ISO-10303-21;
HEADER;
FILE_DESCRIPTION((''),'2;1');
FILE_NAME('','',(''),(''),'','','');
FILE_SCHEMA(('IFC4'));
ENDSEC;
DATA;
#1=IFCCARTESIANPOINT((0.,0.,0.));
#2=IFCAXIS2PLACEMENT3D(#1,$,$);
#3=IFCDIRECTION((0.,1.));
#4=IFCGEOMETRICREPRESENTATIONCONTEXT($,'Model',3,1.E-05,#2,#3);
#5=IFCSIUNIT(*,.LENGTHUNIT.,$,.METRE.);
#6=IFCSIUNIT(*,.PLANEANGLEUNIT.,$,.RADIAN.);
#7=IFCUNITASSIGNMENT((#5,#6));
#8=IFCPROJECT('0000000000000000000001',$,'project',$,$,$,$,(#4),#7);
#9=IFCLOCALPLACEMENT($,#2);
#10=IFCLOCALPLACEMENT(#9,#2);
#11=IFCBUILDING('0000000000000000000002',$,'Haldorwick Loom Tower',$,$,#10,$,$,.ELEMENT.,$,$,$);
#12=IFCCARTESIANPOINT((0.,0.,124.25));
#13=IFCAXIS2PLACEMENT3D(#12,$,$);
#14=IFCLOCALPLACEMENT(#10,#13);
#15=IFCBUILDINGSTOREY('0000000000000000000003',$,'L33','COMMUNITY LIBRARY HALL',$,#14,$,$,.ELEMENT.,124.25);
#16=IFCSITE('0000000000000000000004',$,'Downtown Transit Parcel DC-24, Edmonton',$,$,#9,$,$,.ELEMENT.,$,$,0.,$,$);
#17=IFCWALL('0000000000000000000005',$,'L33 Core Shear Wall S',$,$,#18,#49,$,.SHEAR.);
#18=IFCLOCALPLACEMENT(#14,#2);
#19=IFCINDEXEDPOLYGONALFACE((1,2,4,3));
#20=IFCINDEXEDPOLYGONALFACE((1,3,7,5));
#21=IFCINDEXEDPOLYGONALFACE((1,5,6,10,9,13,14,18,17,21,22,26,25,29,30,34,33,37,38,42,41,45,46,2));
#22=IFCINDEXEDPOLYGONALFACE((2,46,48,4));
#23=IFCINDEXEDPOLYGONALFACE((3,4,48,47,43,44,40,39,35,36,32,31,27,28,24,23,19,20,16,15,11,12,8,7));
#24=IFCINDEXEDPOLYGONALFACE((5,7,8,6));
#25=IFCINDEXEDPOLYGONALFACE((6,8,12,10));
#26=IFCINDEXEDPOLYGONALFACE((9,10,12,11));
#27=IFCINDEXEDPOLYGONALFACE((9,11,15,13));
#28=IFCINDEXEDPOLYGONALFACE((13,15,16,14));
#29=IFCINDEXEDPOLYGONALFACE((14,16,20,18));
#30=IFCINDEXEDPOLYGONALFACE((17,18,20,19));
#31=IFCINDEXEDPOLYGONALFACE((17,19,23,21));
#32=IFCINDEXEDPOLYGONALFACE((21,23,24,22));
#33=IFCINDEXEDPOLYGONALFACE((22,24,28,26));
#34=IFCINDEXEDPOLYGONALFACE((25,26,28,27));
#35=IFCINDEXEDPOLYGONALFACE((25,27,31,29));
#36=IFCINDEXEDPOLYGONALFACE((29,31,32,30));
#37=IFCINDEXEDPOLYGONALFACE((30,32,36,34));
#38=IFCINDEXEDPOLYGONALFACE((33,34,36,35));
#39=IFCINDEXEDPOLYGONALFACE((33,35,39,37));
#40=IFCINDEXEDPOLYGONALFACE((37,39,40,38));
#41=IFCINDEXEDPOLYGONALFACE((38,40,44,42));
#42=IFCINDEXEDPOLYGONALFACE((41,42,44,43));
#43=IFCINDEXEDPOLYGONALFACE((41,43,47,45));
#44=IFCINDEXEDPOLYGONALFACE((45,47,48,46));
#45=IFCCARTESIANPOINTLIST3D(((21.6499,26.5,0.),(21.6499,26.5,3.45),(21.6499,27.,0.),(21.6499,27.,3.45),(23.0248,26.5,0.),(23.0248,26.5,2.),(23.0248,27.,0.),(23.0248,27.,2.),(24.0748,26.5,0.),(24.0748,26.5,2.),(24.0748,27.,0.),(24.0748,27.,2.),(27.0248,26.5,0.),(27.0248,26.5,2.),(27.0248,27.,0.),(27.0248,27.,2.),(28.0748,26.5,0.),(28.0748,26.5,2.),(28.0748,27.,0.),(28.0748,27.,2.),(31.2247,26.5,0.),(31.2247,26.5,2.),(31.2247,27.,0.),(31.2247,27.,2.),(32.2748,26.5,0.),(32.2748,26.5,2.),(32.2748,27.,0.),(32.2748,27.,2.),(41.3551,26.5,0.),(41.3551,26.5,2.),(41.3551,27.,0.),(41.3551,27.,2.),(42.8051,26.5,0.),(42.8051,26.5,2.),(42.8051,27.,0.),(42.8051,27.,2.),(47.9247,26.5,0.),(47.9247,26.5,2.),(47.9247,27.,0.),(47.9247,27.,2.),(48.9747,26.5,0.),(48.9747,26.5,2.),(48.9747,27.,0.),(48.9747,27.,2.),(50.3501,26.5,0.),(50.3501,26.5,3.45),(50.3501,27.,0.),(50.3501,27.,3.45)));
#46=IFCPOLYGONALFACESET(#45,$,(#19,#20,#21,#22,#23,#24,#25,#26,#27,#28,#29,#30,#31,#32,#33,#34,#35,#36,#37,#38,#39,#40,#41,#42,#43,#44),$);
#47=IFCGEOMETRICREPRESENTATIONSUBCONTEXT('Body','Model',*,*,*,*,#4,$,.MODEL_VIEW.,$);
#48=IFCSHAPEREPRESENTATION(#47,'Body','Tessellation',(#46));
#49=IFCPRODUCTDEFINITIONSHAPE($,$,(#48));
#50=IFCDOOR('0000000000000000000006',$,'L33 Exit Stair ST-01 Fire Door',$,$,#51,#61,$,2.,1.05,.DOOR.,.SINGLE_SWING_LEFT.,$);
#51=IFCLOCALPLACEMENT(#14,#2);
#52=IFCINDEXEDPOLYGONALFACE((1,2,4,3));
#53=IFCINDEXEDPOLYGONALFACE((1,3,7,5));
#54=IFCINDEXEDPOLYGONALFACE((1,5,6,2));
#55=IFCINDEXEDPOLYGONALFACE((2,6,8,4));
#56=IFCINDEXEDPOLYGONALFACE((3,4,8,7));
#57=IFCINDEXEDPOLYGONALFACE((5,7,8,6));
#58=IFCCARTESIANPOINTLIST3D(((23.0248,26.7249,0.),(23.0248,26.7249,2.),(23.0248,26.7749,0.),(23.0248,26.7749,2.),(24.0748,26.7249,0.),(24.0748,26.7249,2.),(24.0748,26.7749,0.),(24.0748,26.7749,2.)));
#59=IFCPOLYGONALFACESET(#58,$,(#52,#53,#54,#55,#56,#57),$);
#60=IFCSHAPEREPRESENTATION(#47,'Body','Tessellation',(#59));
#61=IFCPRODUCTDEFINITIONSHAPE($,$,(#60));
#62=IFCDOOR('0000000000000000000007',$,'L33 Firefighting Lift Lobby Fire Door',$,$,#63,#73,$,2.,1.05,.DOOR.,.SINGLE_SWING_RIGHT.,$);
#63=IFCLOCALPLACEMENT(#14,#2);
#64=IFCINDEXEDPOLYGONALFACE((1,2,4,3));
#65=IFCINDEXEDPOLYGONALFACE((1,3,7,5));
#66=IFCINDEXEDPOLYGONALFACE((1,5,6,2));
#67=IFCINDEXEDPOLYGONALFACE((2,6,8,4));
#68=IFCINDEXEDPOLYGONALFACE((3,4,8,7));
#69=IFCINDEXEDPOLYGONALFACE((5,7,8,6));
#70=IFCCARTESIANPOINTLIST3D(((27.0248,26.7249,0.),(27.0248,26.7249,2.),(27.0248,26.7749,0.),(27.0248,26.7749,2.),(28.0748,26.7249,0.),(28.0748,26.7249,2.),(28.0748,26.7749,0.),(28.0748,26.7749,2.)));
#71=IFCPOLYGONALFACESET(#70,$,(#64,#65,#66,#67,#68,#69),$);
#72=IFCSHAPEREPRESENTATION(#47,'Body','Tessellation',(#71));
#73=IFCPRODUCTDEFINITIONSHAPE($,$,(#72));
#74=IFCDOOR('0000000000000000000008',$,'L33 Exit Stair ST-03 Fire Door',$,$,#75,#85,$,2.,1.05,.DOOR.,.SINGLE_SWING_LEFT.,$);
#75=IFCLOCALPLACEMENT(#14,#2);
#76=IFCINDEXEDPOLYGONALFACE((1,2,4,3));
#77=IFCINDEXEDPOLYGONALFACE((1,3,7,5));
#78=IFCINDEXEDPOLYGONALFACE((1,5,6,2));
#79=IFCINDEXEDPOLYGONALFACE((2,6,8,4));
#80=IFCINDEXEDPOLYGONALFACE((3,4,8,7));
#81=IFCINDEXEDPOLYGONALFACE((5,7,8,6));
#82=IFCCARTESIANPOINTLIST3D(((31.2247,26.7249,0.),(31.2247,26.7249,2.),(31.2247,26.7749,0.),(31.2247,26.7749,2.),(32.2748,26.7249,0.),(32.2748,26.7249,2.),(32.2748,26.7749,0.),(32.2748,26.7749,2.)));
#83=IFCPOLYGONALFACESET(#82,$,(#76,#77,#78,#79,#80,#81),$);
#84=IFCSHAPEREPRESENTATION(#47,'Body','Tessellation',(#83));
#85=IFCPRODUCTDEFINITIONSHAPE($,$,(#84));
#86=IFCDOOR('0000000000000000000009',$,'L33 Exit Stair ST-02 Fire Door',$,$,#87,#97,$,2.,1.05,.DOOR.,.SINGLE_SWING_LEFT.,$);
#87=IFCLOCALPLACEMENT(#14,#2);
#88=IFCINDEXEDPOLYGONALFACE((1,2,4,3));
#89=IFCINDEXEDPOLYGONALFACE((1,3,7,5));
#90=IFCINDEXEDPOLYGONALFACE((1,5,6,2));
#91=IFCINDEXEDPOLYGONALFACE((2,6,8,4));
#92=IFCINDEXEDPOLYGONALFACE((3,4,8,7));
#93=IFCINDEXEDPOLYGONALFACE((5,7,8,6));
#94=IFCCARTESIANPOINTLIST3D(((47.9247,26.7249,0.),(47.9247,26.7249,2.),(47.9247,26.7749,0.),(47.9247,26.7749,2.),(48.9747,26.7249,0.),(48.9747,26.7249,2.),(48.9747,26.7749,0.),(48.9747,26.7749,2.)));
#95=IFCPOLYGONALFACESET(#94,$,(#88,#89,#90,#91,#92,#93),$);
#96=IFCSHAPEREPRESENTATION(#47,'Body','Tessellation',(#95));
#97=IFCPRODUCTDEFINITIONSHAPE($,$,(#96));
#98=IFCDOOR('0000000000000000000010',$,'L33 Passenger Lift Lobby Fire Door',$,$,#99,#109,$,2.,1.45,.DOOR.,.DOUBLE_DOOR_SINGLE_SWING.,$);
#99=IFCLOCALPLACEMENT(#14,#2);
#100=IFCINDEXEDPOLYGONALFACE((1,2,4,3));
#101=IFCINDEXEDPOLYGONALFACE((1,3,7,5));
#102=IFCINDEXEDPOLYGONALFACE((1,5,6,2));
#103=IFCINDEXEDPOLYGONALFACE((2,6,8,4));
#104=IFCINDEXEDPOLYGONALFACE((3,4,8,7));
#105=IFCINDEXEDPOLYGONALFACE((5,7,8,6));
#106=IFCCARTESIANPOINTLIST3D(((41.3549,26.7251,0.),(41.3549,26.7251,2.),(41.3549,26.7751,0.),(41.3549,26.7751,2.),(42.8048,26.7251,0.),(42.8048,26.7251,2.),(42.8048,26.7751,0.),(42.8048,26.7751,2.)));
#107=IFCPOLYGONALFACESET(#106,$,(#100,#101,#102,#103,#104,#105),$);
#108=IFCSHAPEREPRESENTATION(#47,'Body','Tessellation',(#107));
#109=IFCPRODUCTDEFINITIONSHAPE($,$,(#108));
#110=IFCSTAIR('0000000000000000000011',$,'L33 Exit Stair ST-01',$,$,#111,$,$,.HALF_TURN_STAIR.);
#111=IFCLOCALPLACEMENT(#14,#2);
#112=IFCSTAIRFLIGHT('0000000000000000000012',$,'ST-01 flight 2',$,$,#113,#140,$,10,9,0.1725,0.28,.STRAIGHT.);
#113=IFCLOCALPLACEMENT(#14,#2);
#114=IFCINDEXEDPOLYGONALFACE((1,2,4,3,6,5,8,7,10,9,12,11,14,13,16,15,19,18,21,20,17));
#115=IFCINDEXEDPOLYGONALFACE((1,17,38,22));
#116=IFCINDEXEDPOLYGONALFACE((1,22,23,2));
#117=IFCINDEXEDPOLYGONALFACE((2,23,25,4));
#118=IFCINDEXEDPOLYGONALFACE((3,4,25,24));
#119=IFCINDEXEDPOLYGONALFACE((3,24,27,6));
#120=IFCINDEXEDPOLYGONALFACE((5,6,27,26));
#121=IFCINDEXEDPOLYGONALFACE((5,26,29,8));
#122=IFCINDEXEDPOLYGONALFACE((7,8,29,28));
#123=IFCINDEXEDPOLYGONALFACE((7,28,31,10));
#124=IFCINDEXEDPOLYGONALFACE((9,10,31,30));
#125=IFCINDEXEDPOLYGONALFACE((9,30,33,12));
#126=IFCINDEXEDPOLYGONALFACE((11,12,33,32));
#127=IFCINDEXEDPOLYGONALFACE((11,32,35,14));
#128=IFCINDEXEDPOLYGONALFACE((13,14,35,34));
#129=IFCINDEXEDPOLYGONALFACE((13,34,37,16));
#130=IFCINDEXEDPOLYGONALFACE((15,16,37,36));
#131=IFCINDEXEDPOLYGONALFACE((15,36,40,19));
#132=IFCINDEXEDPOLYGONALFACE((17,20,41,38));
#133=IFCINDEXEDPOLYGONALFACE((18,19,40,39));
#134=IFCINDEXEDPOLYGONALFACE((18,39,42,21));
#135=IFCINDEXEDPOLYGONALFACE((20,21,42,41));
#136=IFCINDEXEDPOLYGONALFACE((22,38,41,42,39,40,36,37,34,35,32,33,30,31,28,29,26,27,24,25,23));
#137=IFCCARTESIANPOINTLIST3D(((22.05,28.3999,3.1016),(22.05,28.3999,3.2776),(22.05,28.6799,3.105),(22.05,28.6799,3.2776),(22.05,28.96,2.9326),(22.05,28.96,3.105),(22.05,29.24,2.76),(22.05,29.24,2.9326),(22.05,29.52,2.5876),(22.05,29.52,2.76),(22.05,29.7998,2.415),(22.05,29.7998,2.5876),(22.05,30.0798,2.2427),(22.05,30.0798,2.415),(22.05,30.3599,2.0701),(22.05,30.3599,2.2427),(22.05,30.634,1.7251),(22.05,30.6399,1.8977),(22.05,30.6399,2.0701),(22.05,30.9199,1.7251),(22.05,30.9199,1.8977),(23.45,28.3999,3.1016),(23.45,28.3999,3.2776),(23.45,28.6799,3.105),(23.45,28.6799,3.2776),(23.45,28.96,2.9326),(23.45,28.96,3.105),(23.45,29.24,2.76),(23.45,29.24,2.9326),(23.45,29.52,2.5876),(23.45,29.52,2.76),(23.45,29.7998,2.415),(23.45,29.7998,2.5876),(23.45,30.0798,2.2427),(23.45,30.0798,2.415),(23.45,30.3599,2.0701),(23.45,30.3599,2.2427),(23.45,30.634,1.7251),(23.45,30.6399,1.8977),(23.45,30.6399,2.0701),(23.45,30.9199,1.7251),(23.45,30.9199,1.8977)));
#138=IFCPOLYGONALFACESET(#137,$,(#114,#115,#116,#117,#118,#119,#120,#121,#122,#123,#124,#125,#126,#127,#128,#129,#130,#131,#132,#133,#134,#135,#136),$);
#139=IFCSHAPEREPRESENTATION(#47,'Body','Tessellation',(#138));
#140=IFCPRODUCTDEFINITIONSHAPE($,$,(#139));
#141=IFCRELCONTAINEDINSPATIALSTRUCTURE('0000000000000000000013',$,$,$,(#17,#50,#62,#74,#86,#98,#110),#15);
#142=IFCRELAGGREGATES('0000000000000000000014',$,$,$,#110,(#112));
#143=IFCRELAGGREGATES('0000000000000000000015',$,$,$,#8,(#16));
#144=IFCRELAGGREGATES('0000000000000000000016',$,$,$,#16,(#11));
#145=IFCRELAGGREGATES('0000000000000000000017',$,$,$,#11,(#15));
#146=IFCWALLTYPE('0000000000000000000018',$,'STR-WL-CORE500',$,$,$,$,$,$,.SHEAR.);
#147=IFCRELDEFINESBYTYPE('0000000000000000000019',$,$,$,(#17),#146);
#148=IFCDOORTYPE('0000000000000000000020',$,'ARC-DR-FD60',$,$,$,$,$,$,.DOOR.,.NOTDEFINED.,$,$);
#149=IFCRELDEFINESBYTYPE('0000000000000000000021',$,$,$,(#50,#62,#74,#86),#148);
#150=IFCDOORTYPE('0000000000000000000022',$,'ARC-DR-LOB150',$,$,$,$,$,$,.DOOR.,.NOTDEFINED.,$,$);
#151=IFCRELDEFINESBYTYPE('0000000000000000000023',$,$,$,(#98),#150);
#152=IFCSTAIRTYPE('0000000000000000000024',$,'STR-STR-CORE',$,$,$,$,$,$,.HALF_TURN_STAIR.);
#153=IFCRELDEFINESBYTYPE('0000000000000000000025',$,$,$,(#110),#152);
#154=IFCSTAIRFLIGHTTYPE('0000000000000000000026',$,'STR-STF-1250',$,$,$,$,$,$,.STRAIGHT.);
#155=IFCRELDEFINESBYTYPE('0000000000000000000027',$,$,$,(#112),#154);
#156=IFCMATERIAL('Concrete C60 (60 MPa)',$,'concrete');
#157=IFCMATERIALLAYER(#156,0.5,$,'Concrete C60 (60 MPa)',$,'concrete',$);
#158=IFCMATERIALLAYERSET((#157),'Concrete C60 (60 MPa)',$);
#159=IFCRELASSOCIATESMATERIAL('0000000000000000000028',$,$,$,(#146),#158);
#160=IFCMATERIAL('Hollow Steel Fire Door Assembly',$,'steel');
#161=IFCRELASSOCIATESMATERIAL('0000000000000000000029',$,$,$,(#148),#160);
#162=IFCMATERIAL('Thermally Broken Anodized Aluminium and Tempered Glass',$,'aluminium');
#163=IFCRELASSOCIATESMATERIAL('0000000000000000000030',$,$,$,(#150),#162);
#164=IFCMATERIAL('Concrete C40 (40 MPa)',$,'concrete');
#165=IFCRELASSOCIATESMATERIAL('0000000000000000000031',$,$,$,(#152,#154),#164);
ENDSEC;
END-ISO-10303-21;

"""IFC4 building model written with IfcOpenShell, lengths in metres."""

from ifc_helpers import new_model, si_unit, direction, frame, frame_2d, origin, place, context, subcontext, project, spatial, polyline, rectangle, outline, extrude, material, layer, layer_set, type_object, element, fill, aggregate, save


model = new_model("IFC4")

# Units and contexts
model_context = context("Model", 3, precision=1e-05, world=origin(), true_north=direction((0.0, 1.0)))
body_context = subcontext(model_context, "Body", "Model", "MODEL_VIEW")
ifc_project = project(units=[si_unit("LENGTHUNIT", "METRE"), si_unit("PLANEANGLEUNIT", "RADIAN")], contexts=[model_context])

# Site, building, storey
site_placement = place(None, origin())
site = spatial("IfcSite", under=ifc_project, at=site_placement, Name="Downtown Transit Parcel DC-24, Edmonton", CompositionType="ELEMENT", RefElevation=0.0)
building_placement = place(site_placement, origin())
building = spatial("IfcBuilding", under=site, at=building_placement, Name="Haldorwick Loom Tower", CompositionType="ELEMENT")
storey_placement = place(building_placement, frame((0.0, 0.0, 124.25)))
storey = spatial("IfcBuildingStorey", under=building, at=storey_placement, Name="L33", Description="COMMUNITY LIBRARY HALL", CompositionType="ELEMENT", Elevation=124.25)

# Shared definitions
ifc_material_1 = material(Name="Concrete C60 (60 MPa)", Category="concrete")

# Wall, openings, doors
ifc_layer = layer(ifc_material_1, 0.5, Name="Concrete C60 (60 MPa)", Category="concrete")
ifc_layer_set = layer_set([ifc_layer], Name="Concrete C60 (60 MPa)")
wall_type = type_object("IfcWallType", Name="STR-WL-CORE500", PredefinedType="SHEAR", material=ifc_layer_set)
wall_placement = place(storey_placement, frame((21.6499, 26.75, 0.0), z_axis=(0.0, 0.0, 1.0), x_axis=(1.0, 0.0, 0.0)))
wall = element("IfcWall", 1, at=wall_placement, inside=storey, type_object=wall_type, Name="L33 Core Shear Wall S", PredefinedType="SHEAR", context=body_context, shape_type="SweptSolid", body=[
    extrude(rectangle(XDim=28.7002, YDim=0.5, at=frame_2d((14.3501, 0.0))), origin(), (0.0, 0.0, 1.0), 3.45),
])
opening_1_placement = place(wall_placement, frame((1.375, 0.0, 0.0)))
opening_1 = element("IfcOpeningElement", 2, at=opening_1_placement, cuts=wall, PredefinedType="OPENING", context=body_context, shape_type="SweptSolid", body=[
    extrude(rectangle(XDim=1.05, YDim=2.0, at=frame_2d((0.5249, 1.0))), frame((0.0, 0.26, 0.0), z_axis=(0.0, -1.0, 0.0), x_axis=(1.0, 0.0, 0.0)), (0.0, 0.0, 1.0), 0.52),
])
opening_2_placement = place(wall_placement, frame((5.375, 0.0, 0.0)))
opening_2 = element("IfcOpeningElement", 3, at=opening_2_placement, cuts=wall, PredefinedType="OPENING", context=body_context, shape_type="SweptSolid", body=[
    extrude(rectangle(XDim=1.05, YDim=2.0, at=frame_2d((0.5249, 1.0))), frame((0.0, 0.26, 0.0), z_axis=(0.0, -1.0, 0.0), x_axis=(1.0, 0.0, 0.0)), (0.0, 0.0, 1.0), 0.52),
])
opening_3_placement = place(wall_placement, frame((9.575, 0.0, 0.0)))
opening_3 = element("IfcOpeningElement", 4, at=opening_3_placement, cuts=wall, PredefinedType="OPENING", context=body_context, shape_type="SweptSolid", body=[
    extrude(rectangle(XDim=1.05, YDim=2.0, at=frame_2d((0.5249, 1.0))), frame((0.0, 0.26, 0.0), z_axis=(0.0, -1.0, 0.0), x_axis=(1.0, 0.0, 0.0)), (0.0, 0.0, 1.0), 0.52),
])
opening_4_placement = place(wall_placement, frame((19.7051, 0.0, 0.0)))
opening_4 = element("IfcOpeningElement", 5, at=opening_4_placement, cuts=wall, PredefinedType="OPENING", context=body_context, shape_type="SweptSolid", body=[
    extrude(rectangle(XDim=1.45, YDim=2.0, at=frame_2d((0.7251, 1.0))), frame((0.0, 0.26, 0.0), z_axis=(0.0, -1.0, 0.0), x_axis=(1.0, 0.0, 0.0)), (0.0, 0.0, 1.0), 0.52),
])
opening_5_placement = place(wall_placement, frame((26.2749, 0.0, 0.0)))
opening_5 = element("IfcOpeningElement", 6, at=opening_5_placement, cuts=wall, PredefinedType="OPENING", context=body_context, shape_type="SweptSolid", body=[
    extrude(rectangle(XDim=1.05, YDim=2.0, at=frame_2d((0.5249, 1.0))), frame((0.0, 0.26, 0.0), z_axis=(0.0, -1.0, 0.0), x_axis=(1.0, 0.0, 0.0)), (0.0, 0.0, 1.0), 0.52),
])
ifc_material_2 = material(Name="Hollow Steel Fire Door Assembly", Category="steel")
door_type_1 = type_object("IfcDoorType", Name="ARC-DR-FD60", OperationType="NOTDEFINED", PredefinedType="DOOR", material=ifc_material_2)
door_1_placement = place(opening_1_placement, origin())
door_1 = element("IfcDoor", 7, at=door_1_placement, inside=storey, type_object=door_type_1, Name="L33 Exit Stair ST-01 Fire Door", OperationType="SINGLE_SWING_LEFT", OverallHeight=2.0, OverallWidth=1.05, PredefinedType="DOOR", context=body_context, shape_type="SweptSolid", body=[
    extrude(rectangle(XDim=1.05, YDim=2.0, at=frame_2d((0.5249, 1.0))), frame((0.0, 0.0249, 0.0), z_axis=(0.0, -1.0, 0.0), x_axis=(1.0, 0.0, 0.0)), (0.0, 0.0, 1.0), 0.05),
])
fill(opening_1, door_1)
door_2_placement = place(opening_2_placement, origin())
door_2 = element("IfcDoor", 8, at=door_2_placement, inside=storey, type_object=door_type_1, Name="L33 Firefighting Lift Lobby Fire Door", OperationType="SINGLE_SWING_RIGHT", OverallHeight=2.0, OverallWidth=1.05, PredefinedType="DOOR", context=body_context, shape_type="SweptSolid", body=[
    extrude(rectangle(XDim=1.05, YDim=2.0, at=frame_2d((0.5249, 1.0))), frame((0.0, 0.0249, 0.0), z_axis=(0.0, -1.0, 0.0), x_axis=(1.0, 0.0, 0.0)), (0.0, 0.0, 1.0), 0.05),
])
fill(opening_2, door_2)
door_3_placement = place(opening_3_placement, origin())
door_3 = element("IfcDoor", 9, at=door_3_placement, inside=storey, type_object=door_type_1, Name="L33 Exit Stair ST-03 Fire Door", OperationType="SINGLE_SWING_LEFT", OverallHeight=2.0, OverallWidth=1.05, PredefinedType="DOOR", context=body_context, shape_type="SweptSolid", body=[
    extrude(rectangle(XDim=1.05, YDim=2.0, at=frame_2d((0.5249, 1.0))), frame((0.0, 0.0249, 0.0), z_axis=(0.0, -1.0, 0.0), x_axis=(1.0, 0.0, 0.0)), (0.0, 0.0, 1.0), 0.05),
])
fill(opening_3, door_3)
door_4_placement = place(opening_5_placement, origin())
door_4 = element("IfcDoor", 10, at=door_4_placement, inside=storey, type_object=door_type_1, Name="L33 Exit Stair ST-02 Fire Door", OperationType="SINGLE_SWING_LEFT", OverallHeight=2.0, OverallWidth=1.05, PredefinedType="DOOR", context=body_context, shape_type="SweptSolid", body=[
    extrude(rectangle(XDim=1.05, YDim=2.0, at=frame_2d((0.5249, 1.0))), frame((0.0, 0.0249, 0.0), z_axis=(0.0, -1.0, 0.0), x_axis=(1.0, 0.0, 0.0)), (0.0, 0.0, 1.0), 0.05),
])
fill(opening_5, door_4)
ifc_material_3 = material(Name="Thermally Broken Anodized Aluminium and Tempered Glass", Category="aluminium")
door_type_2 = type_object("IfcDoorType", Name="ARC-DR-LOB150", OperationType="NOTDEFINED", PredefinedType="DOOR", material=ifc_material_3)
door_5_placement = place(opening_4_placement, frame((1.45, 0.0, 0.0), z_axis=(0.0, 0.0, 1.0), x_axis=(-1.0, 0.0, 0.0)))
door_5 = element("IfcDoor", 11, at=door_5_placement, inside=storey, type_object=door_type_2, Name="L33 Passenger Lift Lobby Fire Door", OperationType="DOUBLE_DOOR_SINGLE_SWING", OverallHeight=2.0, OverallWidth=1.45, PredefinedType="DOOR", context=body_context, shape_type="SweptSolid", body=[
    extrude(rectangle(XDim=1.45, YDim=2.0, at=frame_2d((0.7251, 1.0))), frame((0.0, 0.0249, 0.0), z_axis=(0.0, -1.0, 0.0), x_axis=(1.0, 0.0, 0.0)), (0.0, 0.0, 1.0), 0.05),
])
fill(opening_4, door_5)

# Stair, stair flight
ifc_material_4 = material(Name="Concrete C40 (40 MPa)", Category="concrete")
stair_type = type_object("IfcStairType", Name="STR-STR-CORE", PredefinedType="HALF_TURN_STAIR", material=ifc_material_4)
stair_placement = place(storey_placement, origin())
stair = element("IfcStair", 12, at=stair_placement, inside=storey, type_object=stair_type, Name="L33 Exit Stair ST-01", PredefinedType="HALF_TURN_STAIR")
stair_flight_type = type_object("IfcStairFlightType", Name="STR-STF-1250", PredefinedType="STRAIGHT", material=ifc_material_4)
stair_flight_placement = place(storey_placement, frame((22.75, 30.9199, 1.7251), z_axis=(0.0, 0.0, 1.0), x_axis=(0.0, -1.0, 0.0)))
stair_flight = element("IfcStairFlight", 13, at=stair_flight_placement, type_object=stair_flight_type, Name="ST-01 flight 2", NumberOfRisers=10, NumberOfTreads=9, PredefinedType="STRAIGHT", RiserHeight=0.1725, TreadLength=0.28, context=body_context, shape_type="SweptSolid", body=[
    extrude(outline(polyline([(0.0, 0.0), (0.0, 0.1726), (0.28, 0.1726), (0.28, 0.345), (0.5601, 0.345), (0.5601, 0.5176), (0.8401, 0.5176), (0.8401, 0.6899), (1.1201, 0.6899), (1.1201, 0.8625), (1.3999, 0.8625), (1.3999, 1.0349), (1.6799, 1.0349), (1.6799, 1.2075), (1.96, 1.2075), (1.96, 1.3799), (2.24, 1.3799), (2.24, 1.5525), (2.52, 1.5525), (2.52, 1.7251), (2.52, 1.3765), (0.2859, 0.0), (0.0, 0.0)])), frame((0.0, 0.7, 0.0), z_axis=(0.0, -1.0, 0.0), x_axis=(1.0, 0.0, 0.0)), (0.0, 0.0, 1.0), 1.3999),
])
aggregate(stair, [stair_flight])

save(model, "model.ifc")
